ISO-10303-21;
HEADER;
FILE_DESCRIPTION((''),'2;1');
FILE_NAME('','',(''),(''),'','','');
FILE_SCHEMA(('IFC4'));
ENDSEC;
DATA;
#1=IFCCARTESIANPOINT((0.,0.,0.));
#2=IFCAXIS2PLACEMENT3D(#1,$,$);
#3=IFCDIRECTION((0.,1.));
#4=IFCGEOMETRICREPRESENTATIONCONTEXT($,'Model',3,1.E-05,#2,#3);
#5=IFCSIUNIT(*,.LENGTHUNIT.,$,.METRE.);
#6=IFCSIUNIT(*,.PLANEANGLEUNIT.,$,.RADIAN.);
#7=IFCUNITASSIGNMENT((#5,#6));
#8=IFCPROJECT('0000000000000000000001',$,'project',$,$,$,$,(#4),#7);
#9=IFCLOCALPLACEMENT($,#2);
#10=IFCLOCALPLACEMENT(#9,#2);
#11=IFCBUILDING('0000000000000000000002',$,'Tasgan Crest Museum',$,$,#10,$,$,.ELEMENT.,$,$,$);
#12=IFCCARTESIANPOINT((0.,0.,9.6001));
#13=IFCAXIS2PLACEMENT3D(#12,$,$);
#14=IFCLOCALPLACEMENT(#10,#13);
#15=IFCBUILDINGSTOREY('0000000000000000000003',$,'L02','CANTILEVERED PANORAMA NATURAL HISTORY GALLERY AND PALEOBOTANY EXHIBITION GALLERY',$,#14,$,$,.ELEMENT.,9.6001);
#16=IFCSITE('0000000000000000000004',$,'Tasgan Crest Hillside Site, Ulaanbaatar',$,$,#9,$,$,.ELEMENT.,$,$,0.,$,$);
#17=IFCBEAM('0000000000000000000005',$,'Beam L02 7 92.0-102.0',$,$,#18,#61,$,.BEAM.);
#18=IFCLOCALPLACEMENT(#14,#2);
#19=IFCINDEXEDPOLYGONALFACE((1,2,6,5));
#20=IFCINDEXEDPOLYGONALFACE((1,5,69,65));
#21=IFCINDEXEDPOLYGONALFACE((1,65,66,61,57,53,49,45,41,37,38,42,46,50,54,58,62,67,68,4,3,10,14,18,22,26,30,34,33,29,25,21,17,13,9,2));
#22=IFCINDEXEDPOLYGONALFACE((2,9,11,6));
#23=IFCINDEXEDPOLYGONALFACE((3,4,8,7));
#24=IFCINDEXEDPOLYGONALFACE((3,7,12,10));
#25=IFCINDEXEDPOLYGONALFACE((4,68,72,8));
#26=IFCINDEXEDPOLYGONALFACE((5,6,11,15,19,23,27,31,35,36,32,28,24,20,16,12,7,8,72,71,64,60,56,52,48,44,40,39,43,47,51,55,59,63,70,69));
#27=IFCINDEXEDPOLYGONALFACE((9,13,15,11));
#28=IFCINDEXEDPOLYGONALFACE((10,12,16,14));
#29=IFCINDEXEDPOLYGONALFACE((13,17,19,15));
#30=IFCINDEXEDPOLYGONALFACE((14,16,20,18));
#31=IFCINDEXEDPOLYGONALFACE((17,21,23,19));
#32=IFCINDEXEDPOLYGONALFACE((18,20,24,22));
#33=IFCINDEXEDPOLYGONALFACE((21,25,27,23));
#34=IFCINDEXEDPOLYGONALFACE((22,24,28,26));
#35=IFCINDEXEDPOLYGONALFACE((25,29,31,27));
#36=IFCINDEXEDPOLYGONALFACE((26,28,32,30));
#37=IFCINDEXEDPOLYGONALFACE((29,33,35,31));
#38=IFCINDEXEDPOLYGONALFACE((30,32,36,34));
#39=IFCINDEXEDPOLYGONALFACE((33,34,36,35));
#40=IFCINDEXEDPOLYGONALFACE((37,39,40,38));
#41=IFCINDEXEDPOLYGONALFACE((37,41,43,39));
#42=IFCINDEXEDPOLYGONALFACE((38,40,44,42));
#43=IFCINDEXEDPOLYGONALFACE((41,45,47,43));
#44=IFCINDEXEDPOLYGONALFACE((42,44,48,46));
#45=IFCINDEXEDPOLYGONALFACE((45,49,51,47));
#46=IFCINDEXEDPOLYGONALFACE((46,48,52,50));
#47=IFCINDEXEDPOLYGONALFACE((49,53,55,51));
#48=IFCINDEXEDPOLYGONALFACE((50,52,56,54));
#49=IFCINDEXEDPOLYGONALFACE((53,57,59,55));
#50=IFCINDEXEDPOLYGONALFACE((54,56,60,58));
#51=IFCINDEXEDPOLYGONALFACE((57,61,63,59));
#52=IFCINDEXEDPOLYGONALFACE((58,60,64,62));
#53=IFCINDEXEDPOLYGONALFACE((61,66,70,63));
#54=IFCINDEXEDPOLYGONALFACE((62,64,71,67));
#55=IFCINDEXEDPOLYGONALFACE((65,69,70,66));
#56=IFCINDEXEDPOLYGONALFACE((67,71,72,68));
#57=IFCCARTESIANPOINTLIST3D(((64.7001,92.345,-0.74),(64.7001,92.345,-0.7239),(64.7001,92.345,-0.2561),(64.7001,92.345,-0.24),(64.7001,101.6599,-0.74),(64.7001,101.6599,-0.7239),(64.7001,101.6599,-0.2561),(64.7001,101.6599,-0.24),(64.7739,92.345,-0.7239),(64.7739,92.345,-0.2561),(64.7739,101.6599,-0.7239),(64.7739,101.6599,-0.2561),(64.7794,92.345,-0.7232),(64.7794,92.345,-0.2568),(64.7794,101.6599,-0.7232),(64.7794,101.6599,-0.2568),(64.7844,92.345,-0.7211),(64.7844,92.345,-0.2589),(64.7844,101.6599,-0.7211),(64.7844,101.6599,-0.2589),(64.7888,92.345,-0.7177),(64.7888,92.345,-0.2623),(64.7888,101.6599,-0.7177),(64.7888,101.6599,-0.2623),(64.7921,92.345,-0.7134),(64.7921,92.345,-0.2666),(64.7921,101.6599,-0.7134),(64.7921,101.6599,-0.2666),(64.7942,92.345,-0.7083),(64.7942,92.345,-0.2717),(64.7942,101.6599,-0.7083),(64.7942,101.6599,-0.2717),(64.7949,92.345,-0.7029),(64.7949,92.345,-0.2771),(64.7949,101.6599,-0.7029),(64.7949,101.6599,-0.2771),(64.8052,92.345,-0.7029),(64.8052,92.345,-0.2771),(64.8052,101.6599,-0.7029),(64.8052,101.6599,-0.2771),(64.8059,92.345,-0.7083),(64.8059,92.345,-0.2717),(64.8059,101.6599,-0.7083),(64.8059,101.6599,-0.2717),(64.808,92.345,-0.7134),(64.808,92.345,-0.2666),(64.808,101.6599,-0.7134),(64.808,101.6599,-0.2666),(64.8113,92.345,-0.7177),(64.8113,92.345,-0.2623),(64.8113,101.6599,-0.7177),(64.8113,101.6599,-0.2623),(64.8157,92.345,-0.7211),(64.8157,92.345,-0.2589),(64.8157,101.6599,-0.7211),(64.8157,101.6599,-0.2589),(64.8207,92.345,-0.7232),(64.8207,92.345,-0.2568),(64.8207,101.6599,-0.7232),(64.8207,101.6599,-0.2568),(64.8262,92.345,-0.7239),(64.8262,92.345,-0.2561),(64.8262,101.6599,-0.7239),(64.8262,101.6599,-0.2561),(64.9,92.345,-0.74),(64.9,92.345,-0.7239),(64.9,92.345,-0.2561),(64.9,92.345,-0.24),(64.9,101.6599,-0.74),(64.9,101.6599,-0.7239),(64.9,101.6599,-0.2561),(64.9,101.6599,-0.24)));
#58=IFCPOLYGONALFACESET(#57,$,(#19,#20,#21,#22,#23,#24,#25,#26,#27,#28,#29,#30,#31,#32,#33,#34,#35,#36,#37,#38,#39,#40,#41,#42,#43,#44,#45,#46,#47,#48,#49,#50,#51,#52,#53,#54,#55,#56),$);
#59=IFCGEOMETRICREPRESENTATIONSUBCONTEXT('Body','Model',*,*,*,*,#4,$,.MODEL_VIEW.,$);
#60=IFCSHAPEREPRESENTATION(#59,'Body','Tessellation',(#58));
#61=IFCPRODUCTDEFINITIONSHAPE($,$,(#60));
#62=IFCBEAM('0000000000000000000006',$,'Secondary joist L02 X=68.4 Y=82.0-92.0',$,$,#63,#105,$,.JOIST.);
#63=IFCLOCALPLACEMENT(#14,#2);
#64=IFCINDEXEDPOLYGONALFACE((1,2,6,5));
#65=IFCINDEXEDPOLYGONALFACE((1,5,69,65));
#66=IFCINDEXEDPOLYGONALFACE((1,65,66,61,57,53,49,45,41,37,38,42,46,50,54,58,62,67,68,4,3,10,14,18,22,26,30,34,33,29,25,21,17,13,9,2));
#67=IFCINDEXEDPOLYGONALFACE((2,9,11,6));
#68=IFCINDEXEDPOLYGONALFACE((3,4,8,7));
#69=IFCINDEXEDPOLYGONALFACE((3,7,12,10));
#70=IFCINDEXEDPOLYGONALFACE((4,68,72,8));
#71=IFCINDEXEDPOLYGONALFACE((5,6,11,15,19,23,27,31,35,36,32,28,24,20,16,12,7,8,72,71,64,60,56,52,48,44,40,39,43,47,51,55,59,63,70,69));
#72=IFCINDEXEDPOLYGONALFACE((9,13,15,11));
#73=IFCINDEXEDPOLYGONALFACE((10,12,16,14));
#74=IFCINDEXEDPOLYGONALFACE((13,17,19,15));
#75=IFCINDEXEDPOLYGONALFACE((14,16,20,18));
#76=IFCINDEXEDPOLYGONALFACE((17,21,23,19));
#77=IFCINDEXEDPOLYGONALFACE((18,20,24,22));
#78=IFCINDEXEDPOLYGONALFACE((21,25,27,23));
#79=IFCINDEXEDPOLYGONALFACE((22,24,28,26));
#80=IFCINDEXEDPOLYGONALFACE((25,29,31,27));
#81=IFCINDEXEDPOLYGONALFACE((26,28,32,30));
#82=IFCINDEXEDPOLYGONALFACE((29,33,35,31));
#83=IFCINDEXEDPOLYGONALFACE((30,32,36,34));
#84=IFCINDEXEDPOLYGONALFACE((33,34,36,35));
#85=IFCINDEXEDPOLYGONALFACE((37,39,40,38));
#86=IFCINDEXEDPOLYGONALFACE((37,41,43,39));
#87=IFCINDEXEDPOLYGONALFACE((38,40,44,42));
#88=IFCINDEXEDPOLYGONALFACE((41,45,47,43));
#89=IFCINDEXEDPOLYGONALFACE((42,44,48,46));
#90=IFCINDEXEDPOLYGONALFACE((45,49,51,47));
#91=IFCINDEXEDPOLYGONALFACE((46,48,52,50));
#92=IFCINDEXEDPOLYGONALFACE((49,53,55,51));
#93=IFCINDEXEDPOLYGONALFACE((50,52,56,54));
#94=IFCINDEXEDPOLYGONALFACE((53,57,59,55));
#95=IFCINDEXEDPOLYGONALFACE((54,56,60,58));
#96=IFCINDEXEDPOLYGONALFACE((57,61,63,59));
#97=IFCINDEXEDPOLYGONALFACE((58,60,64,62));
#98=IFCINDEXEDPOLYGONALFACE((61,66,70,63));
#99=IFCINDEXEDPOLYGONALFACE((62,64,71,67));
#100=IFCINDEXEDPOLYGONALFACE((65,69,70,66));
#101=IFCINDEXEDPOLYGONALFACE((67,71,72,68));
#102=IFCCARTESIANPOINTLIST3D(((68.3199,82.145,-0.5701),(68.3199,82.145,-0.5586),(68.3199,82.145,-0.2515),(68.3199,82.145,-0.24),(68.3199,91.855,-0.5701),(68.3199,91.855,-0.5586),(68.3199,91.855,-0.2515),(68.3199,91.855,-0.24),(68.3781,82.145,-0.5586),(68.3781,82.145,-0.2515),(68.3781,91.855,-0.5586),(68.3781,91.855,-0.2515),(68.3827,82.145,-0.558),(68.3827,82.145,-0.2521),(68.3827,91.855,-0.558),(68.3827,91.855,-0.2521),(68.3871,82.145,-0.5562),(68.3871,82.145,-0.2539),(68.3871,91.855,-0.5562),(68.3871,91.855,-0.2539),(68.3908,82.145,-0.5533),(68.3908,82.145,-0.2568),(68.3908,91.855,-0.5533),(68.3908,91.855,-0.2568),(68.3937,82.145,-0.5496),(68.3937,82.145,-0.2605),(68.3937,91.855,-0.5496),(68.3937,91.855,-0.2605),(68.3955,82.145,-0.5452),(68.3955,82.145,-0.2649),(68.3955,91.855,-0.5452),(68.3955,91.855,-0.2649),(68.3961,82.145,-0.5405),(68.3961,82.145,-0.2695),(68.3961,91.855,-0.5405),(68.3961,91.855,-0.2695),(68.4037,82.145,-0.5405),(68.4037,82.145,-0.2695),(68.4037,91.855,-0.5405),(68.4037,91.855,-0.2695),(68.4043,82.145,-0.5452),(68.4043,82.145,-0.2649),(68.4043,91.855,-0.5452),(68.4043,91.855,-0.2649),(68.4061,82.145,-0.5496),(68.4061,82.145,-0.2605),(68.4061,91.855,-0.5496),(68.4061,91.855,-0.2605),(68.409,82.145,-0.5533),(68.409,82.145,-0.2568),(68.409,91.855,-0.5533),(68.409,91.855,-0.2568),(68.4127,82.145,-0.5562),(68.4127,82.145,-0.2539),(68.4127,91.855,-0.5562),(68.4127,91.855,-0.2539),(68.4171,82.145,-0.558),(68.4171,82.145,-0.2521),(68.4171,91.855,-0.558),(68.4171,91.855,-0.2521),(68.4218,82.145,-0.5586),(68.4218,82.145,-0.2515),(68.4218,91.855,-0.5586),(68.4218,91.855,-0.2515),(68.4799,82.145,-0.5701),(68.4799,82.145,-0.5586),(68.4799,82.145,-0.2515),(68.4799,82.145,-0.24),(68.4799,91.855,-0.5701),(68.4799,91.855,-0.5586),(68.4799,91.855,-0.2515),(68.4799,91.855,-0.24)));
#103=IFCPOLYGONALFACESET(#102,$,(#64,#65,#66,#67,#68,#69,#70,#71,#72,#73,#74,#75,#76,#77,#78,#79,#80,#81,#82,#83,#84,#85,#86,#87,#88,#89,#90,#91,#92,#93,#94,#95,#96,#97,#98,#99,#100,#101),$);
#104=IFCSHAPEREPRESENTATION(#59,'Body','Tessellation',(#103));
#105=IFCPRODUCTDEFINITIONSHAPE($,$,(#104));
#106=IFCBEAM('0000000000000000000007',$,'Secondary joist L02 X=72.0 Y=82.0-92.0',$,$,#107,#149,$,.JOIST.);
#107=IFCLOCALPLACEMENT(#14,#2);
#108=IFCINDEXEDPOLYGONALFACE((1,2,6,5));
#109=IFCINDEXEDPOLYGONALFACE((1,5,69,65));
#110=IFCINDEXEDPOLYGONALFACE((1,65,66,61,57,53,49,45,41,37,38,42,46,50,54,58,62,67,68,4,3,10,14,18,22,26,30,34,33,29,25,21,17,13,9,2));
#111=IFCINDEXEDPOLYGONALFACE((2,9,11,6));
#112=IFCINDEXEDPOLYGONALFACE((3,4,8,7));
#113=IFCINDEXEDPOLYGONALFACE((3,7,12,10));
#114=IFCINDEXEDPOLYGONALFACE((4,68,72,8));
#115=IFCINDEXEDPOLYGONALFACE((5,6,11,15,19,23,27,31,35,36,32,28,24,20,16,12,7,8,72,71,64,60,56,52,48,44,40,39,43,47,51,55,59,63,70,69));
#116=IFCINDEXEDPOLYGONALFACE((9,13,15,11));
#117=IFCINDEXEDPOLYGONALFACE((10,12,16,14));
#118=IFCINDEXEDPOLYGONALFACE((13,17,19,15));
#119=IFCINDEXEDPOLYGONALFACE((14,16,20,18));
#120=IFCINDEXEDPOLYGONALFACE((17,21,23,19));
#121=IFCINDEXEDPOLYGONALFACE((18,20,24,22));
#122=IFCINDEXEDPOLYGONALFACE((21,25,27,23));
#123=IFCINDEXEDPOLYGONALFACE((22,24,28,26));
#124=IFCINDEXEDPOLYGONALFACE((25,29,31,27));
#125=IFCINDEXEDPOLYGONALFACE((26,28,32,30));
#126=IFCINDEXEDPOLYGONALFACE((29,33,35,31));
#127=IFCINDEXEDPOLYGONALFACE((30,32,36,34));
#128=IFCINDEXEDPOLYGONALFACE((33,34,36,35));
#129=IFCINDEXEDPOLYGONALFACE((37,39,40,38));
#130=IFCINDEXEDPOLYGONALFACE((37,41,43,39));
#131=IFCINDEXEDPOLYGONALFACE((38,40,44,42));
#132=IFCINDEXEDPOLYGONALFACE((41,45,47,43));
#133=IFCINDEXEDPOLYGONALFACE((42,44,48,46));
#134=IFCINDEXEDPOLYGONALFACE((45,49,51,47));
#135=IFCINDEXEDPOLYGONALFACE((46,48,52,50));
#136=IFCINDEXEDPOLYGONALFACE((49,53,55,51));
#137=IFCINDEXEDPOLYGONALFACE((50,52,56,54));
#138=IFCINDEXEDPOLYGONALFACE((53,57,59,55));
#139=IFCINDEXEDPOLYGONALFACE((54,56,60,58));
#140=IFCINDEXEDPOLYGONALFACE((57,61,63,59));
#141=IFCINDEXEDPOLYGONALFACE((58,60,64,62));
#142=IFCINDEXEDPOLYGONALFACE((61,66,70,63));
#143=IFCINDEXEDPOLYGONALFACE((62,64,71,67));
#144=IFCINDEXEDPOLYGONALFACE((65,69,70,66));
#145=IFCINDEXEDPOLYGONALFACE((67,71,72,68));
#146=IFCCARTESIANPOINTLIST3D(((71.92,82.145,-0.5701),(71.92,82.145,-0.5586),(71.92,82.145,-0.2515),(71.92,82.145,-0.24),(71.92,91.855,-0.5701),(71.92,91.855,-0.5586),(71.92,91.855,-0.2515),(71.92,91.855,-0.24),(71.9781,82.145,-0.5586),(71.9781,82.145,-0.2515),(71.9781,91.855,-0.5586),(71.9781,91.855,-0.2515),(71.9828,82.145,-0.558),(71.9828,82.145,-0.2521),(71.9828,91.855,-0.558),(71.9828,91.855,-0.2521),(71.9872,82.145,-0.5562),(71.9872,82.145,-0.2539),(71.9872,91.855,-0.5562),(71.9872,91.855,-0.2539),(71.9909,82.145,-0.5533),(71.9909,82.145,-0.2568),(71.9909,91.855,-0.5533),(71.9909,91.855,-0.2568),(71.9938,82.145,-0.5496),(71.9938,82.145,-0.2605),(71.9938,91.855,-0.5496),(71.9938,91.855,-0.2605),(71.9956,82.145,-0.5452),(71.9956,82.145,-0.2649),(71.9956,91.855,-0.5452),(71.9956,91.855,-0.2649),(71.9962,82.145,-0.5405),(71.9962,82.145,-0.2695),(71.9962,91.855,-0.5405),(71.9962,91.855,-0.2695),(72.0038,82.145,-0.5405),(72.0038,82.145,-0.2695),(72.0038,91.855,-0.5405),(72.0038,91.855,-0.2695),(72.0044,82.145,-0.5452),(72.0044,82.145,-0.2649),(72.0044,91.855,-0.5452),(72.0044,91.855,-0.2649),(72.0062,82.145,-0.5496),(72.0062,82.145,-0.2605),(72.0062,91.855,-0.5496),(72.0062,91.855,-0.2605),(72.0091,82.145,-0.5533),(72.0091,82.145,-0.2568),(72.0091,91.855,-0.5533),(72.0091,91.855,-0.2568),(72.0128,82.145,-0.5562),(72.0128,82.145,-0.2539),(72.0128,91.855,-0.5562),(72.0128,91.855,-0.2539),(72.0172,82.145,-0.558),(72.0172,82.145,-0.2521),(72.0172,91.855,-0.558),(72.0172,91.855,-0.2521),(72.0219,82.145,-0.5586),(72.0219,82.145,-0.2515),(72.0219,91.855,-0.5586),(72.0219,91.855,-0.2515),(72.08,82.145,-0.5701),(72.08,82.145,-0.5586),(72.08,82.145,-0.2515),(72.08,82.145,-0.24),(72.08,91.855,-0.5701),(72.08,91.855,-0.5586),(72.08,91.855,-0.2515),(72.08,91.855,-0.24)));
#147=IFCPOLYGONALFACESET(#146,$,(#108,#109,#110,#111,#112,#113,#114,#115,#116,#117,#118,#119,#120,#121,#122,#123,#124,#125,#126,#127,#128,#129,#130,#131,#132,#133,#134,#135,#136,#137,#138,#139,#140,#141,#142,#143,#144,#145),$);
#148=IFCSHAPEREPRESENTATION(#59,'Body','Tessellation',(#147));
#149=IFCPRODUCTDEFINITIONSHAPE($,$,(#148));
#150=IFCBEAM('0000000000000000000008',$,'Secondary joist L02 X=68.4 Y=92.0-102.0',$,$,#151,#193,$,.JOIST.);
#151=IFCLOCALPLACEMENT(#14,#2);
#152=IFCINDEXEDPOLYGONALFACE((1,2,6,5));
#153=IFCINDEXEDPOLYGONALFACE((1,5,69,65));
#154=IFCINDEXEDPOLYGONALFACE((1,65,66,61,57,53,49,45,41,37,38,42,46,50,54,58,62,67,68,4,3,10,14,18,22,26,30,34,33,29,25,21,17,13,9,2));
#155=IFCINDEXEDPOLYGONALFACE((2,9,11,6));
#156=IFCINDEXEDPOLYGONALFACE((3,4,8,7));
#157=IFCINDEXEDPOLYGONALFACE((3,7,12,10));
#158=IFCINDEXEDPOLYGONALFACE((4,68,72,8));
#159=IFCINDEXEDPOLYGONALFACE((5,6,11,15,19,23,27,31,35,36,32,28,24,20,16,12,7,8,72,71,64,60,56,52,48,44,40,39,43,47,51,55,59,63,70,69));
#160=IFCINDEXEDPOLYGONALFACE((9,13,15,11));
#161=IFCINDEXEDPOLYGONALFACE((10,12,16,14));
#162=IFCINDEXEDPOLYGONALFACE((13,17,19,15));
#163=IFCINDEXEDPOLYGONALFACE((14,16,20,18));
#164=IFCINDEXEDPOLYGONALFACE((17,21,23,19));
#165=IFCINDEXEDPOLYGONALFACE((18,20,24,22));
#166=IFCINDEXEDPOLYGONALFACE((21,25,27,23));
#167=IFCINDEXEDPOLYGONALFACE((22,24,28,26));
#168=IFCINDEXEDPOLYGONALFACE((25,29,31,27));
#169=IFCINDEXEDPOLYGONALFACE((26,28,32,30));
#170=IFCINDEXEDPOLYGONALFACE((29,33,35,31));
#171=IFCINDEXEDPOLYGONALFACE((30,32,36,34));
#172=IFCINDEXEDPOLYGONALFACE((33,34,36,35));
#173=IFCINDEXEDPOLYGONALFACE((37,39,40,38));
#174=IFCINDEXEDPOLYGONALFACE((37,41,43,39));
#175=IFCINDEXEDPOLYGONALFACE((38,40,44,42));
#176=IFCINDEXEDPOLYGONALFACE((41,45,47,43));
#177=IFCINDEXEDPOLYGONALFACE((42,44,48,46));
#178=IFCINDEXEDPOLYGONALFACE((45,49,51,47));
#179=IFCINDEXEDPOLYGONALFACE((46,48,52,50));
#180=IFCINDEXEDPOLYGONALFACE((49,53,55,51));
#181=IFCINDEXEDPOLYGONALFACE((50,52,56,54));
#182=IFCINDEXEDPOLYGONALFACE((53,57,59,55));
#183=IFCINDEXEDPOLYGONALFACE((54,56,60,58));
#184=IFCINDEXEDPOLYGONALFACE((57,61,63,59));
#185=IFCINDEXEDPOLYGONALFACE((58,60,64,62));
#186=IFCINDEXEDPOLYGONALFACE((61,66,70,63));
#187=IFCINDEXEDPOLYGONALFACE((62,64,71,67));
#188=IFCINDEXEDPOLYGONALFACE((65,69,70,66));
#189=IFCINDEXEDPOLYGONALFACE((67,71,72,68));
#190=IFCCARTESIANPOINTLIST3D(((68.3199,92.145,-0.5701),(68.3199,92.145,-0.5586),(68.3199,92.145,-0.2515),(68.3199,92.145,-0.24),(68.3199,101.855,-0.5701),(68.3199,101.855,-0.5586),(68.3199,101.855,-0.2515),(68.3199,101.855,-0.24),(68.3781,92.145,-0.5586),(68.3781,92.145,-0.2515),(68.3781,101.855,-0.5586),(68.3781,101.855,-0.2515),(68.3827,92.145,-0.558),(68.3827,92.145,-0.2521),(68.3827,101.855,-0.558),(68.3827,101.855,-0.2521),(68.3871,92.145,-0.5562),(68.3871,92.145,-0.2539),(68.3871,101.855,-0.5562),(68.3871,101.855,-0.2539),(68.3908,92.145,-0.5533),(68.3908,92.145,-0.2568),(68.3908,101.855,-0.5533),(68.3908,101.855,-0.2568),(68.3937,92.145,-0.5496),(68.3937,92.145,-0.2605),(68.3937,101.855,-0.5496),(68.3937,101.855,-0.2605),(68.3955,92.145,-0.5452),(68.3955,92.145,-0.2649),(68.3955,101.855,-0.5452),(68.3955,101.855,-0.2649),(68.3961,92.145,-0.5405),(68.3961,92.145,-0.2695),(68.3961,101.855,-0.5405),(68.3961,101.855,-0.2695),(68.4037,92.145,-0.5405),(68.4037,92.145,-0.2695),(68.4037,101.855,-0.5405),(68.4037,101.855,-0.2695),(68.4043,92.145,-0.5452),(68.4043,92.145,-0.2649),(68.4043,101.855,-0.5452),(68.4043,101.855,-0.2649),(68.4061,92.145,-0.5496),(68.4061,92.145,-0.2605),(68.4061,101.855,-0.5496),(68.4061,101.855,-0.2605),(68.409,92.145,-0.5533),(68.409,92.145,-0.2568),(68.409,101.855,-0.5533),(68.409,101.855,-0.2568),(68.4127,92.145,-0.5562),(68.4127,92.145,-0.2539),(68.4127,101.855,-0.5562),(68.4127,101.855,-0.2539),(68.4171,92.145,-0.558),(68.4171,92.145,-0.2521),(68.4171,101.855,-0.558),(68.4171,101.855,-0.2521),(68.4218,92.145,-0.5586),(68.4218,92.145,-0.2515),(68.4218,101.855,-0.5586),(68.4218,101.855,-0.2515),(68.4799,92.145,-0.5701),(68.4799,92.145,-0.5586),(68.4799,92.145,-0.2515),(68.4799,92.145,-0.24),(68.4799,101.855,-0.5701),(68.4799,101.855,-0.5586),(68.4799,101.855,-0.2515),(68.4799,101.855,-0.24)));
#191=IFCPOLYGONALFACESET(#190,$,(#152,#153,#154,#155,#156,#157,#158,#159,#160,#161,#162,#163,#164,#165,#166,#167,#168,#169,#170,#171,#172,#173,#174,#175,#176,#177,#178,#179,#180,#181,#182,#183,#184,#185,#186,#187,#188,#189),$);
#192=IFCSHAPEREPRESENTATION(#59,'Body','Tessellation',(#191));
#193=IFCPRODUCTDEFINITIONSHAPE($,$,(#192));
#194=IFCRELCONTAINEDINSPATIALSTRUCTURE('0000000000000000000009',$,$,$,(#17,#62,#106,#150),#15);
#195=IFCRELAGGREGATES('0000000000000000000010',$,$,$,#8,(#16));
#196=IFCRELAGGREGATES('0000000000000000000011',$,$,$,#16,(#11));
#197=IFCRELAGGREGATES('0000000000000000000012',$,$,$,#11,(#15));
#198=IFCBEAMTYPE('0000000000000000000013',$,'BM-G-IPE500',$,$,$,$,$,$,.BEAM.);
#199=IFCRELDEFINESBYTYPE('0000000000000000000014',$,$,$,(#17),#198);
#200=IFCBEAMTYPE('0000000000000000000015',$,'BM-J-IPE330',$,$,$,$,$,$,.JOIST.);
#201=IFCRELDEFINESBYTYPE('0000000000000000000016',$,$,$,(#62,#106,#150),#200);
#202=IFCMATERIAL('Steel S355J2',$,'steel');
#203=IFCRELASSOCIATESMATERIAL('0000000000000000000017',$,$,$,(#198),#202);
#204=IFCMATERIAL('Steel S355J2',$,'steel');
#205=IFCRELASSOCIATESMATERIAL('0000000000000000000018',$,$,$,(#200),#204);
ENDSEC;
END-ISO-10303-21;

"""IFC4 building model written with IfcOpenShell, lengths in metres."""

from ifc_helpers import new_model, si_unit, direction, frame, origin, origin_2d, place, context, subcontext, project, spatial, i_section, extrude, material, material_profile, profile_set, type_object, element, save


model = new_model("IFC4")

# Units and contexts
model_context = context("Model", 3, precision=1e-05, world=origin(), true_north=direction((0.0, 1.0)))
body_context = subcontext(model_context, "Body", "Model", "MODEL_VIEW")
ifc_project = project(units=[si_unit("LENGTHUNIT", "METRE"), si_unit("PLANEANGLEUNIT", "RADIAN")], contexts=[model_context])

# Site, building, storey
site_placement = place(None, origin())
site = spatial("IfcSite", under=ifc_project, at=site_placement, Name="Tasgan Crest Hillside Site, Ulaanbaatar", CompositionType="ELEMENT", RefElevation=0.0)
building_placement = place(site_placement, origin())
building = spatial("IfcBuilding", under=site, at=building_placement, Name="Tasgan Crest Museum", CompositionType="ELEMENT")
storey_placement = place(building_placement, frame((0.0, 0.0, 9.6001)))
storey = spatial("IfcBuildingStorey", under=building, at=storey_placement, Name="L02", Description="CANTILEVERED PANORAMA NATURAL HISTORY GALLERY AND PALEOBOTANY EXHIBITION GALLERY", CompositionType="ELEMENT", Elevation=9.6001)

# Beams
ifc_material_1 = material(Name="Steel S355J2", Category="steel")
ifc_material_profile_1 = material_profile(ifc_material_1, i_section(OverallWidth=0.2, OverallDepth=0.5, WebThickness=0.0103, FlangeThickness=0.0161, FilletRadius=0.021, at=origin_2d()), Name="IPE 500")
ifc_profile_set_1 = profile_set([ifc_material_profile_1], Name="Steel S355J2")
beam_type_1 = type_object("IfcBeamType", Name="BM-G-IPE500", PredefinedType="BEAM", material=ifc_profile_set_1)
beam_1_placement = place(storey_placement, frame((64.8, 92.345, -0.49), z_axis=(0.0, 1.0, 0.0), x_axis=(-1.0, 0.0, 0.0)))
element("IfcBeam", 1, at=beam_1_placement, inside=storey, type_object=beam_type_1, Name="Beam L02 7 92.0-102.0", PredefinedType="BEAM", context=body_context, shape_type="SweptSolid", body=[
    extrude(i_section(OverallWidth=0.2, OverallDepth=0.5, WebThickness=0.0103, FlangeThickness=0.0161, FilletRadius=0.021, at=origin_2d()), origin(), (0.0, 0.0, 1.0), 9.3149),
])
ifc_material_2 = material(Name="Steel S355J2", Category="steel")
ifc_material_profile_2 = material_profile(ifc_material_2, i_section(OverallWidth=0.1599, OverallDepth=0.3301, WebThickness=0.0076, FlangeThickness=0.0115, FilletRadius=0.0181, at=origin_2d()), Name="IPE 330")
ifc_profile_set_2 = profile_set([ifc_material_profile_2], Name="Steel S355J2")
beam_type_2 = type_object("IfcBeamType", Name="BM-J-IPE330", PredefinedType="JOIST", material=ifc_profile_set_2)
for number, where, z_axis, x_axis, name in (
    (2, (68.3999, 82.145, -0.405), (0.0, 1.0, 0.0), (-1.0, 0.0, 0.0), "Secondary joist L02 X=68.4 Y=82.0-92.0"),
    (3, (72.0, 82.145, -0.405), (0.0, 1.0, 0.0), (-1.0, 0.0, 0.0), "Secondary joist L02 X=72.0 Y=82.0-92.0"),
    (4, (68.3999, 92.145, -0.405), (0.0, 1.0, 0.0), (-1.0, 0.0, 0.0), "Secondary joist L02 X=68.4 Y=92.0-102.0"),
):
    element("IfcBeam", number, at=place(storey_placement, frame(where, z_axis=z_axis, x_axis=x_axis)), inside=storey, type_object=beam_type_2, Name=name, PredefinedType="JOIST", context=body_context, shape_type="SweptSolid", body=[
        extrude(i_section(OverallWidth=0.1599, OverallDepth=0.3301, WebThickness=0.0076, FlangeThickness=0.0115, FilletRadius=0.0181, at=origin_2d()), origin(), (0.0, 0.0, 1.0), 9.71),
    ])

save(model, "model.ifc")
